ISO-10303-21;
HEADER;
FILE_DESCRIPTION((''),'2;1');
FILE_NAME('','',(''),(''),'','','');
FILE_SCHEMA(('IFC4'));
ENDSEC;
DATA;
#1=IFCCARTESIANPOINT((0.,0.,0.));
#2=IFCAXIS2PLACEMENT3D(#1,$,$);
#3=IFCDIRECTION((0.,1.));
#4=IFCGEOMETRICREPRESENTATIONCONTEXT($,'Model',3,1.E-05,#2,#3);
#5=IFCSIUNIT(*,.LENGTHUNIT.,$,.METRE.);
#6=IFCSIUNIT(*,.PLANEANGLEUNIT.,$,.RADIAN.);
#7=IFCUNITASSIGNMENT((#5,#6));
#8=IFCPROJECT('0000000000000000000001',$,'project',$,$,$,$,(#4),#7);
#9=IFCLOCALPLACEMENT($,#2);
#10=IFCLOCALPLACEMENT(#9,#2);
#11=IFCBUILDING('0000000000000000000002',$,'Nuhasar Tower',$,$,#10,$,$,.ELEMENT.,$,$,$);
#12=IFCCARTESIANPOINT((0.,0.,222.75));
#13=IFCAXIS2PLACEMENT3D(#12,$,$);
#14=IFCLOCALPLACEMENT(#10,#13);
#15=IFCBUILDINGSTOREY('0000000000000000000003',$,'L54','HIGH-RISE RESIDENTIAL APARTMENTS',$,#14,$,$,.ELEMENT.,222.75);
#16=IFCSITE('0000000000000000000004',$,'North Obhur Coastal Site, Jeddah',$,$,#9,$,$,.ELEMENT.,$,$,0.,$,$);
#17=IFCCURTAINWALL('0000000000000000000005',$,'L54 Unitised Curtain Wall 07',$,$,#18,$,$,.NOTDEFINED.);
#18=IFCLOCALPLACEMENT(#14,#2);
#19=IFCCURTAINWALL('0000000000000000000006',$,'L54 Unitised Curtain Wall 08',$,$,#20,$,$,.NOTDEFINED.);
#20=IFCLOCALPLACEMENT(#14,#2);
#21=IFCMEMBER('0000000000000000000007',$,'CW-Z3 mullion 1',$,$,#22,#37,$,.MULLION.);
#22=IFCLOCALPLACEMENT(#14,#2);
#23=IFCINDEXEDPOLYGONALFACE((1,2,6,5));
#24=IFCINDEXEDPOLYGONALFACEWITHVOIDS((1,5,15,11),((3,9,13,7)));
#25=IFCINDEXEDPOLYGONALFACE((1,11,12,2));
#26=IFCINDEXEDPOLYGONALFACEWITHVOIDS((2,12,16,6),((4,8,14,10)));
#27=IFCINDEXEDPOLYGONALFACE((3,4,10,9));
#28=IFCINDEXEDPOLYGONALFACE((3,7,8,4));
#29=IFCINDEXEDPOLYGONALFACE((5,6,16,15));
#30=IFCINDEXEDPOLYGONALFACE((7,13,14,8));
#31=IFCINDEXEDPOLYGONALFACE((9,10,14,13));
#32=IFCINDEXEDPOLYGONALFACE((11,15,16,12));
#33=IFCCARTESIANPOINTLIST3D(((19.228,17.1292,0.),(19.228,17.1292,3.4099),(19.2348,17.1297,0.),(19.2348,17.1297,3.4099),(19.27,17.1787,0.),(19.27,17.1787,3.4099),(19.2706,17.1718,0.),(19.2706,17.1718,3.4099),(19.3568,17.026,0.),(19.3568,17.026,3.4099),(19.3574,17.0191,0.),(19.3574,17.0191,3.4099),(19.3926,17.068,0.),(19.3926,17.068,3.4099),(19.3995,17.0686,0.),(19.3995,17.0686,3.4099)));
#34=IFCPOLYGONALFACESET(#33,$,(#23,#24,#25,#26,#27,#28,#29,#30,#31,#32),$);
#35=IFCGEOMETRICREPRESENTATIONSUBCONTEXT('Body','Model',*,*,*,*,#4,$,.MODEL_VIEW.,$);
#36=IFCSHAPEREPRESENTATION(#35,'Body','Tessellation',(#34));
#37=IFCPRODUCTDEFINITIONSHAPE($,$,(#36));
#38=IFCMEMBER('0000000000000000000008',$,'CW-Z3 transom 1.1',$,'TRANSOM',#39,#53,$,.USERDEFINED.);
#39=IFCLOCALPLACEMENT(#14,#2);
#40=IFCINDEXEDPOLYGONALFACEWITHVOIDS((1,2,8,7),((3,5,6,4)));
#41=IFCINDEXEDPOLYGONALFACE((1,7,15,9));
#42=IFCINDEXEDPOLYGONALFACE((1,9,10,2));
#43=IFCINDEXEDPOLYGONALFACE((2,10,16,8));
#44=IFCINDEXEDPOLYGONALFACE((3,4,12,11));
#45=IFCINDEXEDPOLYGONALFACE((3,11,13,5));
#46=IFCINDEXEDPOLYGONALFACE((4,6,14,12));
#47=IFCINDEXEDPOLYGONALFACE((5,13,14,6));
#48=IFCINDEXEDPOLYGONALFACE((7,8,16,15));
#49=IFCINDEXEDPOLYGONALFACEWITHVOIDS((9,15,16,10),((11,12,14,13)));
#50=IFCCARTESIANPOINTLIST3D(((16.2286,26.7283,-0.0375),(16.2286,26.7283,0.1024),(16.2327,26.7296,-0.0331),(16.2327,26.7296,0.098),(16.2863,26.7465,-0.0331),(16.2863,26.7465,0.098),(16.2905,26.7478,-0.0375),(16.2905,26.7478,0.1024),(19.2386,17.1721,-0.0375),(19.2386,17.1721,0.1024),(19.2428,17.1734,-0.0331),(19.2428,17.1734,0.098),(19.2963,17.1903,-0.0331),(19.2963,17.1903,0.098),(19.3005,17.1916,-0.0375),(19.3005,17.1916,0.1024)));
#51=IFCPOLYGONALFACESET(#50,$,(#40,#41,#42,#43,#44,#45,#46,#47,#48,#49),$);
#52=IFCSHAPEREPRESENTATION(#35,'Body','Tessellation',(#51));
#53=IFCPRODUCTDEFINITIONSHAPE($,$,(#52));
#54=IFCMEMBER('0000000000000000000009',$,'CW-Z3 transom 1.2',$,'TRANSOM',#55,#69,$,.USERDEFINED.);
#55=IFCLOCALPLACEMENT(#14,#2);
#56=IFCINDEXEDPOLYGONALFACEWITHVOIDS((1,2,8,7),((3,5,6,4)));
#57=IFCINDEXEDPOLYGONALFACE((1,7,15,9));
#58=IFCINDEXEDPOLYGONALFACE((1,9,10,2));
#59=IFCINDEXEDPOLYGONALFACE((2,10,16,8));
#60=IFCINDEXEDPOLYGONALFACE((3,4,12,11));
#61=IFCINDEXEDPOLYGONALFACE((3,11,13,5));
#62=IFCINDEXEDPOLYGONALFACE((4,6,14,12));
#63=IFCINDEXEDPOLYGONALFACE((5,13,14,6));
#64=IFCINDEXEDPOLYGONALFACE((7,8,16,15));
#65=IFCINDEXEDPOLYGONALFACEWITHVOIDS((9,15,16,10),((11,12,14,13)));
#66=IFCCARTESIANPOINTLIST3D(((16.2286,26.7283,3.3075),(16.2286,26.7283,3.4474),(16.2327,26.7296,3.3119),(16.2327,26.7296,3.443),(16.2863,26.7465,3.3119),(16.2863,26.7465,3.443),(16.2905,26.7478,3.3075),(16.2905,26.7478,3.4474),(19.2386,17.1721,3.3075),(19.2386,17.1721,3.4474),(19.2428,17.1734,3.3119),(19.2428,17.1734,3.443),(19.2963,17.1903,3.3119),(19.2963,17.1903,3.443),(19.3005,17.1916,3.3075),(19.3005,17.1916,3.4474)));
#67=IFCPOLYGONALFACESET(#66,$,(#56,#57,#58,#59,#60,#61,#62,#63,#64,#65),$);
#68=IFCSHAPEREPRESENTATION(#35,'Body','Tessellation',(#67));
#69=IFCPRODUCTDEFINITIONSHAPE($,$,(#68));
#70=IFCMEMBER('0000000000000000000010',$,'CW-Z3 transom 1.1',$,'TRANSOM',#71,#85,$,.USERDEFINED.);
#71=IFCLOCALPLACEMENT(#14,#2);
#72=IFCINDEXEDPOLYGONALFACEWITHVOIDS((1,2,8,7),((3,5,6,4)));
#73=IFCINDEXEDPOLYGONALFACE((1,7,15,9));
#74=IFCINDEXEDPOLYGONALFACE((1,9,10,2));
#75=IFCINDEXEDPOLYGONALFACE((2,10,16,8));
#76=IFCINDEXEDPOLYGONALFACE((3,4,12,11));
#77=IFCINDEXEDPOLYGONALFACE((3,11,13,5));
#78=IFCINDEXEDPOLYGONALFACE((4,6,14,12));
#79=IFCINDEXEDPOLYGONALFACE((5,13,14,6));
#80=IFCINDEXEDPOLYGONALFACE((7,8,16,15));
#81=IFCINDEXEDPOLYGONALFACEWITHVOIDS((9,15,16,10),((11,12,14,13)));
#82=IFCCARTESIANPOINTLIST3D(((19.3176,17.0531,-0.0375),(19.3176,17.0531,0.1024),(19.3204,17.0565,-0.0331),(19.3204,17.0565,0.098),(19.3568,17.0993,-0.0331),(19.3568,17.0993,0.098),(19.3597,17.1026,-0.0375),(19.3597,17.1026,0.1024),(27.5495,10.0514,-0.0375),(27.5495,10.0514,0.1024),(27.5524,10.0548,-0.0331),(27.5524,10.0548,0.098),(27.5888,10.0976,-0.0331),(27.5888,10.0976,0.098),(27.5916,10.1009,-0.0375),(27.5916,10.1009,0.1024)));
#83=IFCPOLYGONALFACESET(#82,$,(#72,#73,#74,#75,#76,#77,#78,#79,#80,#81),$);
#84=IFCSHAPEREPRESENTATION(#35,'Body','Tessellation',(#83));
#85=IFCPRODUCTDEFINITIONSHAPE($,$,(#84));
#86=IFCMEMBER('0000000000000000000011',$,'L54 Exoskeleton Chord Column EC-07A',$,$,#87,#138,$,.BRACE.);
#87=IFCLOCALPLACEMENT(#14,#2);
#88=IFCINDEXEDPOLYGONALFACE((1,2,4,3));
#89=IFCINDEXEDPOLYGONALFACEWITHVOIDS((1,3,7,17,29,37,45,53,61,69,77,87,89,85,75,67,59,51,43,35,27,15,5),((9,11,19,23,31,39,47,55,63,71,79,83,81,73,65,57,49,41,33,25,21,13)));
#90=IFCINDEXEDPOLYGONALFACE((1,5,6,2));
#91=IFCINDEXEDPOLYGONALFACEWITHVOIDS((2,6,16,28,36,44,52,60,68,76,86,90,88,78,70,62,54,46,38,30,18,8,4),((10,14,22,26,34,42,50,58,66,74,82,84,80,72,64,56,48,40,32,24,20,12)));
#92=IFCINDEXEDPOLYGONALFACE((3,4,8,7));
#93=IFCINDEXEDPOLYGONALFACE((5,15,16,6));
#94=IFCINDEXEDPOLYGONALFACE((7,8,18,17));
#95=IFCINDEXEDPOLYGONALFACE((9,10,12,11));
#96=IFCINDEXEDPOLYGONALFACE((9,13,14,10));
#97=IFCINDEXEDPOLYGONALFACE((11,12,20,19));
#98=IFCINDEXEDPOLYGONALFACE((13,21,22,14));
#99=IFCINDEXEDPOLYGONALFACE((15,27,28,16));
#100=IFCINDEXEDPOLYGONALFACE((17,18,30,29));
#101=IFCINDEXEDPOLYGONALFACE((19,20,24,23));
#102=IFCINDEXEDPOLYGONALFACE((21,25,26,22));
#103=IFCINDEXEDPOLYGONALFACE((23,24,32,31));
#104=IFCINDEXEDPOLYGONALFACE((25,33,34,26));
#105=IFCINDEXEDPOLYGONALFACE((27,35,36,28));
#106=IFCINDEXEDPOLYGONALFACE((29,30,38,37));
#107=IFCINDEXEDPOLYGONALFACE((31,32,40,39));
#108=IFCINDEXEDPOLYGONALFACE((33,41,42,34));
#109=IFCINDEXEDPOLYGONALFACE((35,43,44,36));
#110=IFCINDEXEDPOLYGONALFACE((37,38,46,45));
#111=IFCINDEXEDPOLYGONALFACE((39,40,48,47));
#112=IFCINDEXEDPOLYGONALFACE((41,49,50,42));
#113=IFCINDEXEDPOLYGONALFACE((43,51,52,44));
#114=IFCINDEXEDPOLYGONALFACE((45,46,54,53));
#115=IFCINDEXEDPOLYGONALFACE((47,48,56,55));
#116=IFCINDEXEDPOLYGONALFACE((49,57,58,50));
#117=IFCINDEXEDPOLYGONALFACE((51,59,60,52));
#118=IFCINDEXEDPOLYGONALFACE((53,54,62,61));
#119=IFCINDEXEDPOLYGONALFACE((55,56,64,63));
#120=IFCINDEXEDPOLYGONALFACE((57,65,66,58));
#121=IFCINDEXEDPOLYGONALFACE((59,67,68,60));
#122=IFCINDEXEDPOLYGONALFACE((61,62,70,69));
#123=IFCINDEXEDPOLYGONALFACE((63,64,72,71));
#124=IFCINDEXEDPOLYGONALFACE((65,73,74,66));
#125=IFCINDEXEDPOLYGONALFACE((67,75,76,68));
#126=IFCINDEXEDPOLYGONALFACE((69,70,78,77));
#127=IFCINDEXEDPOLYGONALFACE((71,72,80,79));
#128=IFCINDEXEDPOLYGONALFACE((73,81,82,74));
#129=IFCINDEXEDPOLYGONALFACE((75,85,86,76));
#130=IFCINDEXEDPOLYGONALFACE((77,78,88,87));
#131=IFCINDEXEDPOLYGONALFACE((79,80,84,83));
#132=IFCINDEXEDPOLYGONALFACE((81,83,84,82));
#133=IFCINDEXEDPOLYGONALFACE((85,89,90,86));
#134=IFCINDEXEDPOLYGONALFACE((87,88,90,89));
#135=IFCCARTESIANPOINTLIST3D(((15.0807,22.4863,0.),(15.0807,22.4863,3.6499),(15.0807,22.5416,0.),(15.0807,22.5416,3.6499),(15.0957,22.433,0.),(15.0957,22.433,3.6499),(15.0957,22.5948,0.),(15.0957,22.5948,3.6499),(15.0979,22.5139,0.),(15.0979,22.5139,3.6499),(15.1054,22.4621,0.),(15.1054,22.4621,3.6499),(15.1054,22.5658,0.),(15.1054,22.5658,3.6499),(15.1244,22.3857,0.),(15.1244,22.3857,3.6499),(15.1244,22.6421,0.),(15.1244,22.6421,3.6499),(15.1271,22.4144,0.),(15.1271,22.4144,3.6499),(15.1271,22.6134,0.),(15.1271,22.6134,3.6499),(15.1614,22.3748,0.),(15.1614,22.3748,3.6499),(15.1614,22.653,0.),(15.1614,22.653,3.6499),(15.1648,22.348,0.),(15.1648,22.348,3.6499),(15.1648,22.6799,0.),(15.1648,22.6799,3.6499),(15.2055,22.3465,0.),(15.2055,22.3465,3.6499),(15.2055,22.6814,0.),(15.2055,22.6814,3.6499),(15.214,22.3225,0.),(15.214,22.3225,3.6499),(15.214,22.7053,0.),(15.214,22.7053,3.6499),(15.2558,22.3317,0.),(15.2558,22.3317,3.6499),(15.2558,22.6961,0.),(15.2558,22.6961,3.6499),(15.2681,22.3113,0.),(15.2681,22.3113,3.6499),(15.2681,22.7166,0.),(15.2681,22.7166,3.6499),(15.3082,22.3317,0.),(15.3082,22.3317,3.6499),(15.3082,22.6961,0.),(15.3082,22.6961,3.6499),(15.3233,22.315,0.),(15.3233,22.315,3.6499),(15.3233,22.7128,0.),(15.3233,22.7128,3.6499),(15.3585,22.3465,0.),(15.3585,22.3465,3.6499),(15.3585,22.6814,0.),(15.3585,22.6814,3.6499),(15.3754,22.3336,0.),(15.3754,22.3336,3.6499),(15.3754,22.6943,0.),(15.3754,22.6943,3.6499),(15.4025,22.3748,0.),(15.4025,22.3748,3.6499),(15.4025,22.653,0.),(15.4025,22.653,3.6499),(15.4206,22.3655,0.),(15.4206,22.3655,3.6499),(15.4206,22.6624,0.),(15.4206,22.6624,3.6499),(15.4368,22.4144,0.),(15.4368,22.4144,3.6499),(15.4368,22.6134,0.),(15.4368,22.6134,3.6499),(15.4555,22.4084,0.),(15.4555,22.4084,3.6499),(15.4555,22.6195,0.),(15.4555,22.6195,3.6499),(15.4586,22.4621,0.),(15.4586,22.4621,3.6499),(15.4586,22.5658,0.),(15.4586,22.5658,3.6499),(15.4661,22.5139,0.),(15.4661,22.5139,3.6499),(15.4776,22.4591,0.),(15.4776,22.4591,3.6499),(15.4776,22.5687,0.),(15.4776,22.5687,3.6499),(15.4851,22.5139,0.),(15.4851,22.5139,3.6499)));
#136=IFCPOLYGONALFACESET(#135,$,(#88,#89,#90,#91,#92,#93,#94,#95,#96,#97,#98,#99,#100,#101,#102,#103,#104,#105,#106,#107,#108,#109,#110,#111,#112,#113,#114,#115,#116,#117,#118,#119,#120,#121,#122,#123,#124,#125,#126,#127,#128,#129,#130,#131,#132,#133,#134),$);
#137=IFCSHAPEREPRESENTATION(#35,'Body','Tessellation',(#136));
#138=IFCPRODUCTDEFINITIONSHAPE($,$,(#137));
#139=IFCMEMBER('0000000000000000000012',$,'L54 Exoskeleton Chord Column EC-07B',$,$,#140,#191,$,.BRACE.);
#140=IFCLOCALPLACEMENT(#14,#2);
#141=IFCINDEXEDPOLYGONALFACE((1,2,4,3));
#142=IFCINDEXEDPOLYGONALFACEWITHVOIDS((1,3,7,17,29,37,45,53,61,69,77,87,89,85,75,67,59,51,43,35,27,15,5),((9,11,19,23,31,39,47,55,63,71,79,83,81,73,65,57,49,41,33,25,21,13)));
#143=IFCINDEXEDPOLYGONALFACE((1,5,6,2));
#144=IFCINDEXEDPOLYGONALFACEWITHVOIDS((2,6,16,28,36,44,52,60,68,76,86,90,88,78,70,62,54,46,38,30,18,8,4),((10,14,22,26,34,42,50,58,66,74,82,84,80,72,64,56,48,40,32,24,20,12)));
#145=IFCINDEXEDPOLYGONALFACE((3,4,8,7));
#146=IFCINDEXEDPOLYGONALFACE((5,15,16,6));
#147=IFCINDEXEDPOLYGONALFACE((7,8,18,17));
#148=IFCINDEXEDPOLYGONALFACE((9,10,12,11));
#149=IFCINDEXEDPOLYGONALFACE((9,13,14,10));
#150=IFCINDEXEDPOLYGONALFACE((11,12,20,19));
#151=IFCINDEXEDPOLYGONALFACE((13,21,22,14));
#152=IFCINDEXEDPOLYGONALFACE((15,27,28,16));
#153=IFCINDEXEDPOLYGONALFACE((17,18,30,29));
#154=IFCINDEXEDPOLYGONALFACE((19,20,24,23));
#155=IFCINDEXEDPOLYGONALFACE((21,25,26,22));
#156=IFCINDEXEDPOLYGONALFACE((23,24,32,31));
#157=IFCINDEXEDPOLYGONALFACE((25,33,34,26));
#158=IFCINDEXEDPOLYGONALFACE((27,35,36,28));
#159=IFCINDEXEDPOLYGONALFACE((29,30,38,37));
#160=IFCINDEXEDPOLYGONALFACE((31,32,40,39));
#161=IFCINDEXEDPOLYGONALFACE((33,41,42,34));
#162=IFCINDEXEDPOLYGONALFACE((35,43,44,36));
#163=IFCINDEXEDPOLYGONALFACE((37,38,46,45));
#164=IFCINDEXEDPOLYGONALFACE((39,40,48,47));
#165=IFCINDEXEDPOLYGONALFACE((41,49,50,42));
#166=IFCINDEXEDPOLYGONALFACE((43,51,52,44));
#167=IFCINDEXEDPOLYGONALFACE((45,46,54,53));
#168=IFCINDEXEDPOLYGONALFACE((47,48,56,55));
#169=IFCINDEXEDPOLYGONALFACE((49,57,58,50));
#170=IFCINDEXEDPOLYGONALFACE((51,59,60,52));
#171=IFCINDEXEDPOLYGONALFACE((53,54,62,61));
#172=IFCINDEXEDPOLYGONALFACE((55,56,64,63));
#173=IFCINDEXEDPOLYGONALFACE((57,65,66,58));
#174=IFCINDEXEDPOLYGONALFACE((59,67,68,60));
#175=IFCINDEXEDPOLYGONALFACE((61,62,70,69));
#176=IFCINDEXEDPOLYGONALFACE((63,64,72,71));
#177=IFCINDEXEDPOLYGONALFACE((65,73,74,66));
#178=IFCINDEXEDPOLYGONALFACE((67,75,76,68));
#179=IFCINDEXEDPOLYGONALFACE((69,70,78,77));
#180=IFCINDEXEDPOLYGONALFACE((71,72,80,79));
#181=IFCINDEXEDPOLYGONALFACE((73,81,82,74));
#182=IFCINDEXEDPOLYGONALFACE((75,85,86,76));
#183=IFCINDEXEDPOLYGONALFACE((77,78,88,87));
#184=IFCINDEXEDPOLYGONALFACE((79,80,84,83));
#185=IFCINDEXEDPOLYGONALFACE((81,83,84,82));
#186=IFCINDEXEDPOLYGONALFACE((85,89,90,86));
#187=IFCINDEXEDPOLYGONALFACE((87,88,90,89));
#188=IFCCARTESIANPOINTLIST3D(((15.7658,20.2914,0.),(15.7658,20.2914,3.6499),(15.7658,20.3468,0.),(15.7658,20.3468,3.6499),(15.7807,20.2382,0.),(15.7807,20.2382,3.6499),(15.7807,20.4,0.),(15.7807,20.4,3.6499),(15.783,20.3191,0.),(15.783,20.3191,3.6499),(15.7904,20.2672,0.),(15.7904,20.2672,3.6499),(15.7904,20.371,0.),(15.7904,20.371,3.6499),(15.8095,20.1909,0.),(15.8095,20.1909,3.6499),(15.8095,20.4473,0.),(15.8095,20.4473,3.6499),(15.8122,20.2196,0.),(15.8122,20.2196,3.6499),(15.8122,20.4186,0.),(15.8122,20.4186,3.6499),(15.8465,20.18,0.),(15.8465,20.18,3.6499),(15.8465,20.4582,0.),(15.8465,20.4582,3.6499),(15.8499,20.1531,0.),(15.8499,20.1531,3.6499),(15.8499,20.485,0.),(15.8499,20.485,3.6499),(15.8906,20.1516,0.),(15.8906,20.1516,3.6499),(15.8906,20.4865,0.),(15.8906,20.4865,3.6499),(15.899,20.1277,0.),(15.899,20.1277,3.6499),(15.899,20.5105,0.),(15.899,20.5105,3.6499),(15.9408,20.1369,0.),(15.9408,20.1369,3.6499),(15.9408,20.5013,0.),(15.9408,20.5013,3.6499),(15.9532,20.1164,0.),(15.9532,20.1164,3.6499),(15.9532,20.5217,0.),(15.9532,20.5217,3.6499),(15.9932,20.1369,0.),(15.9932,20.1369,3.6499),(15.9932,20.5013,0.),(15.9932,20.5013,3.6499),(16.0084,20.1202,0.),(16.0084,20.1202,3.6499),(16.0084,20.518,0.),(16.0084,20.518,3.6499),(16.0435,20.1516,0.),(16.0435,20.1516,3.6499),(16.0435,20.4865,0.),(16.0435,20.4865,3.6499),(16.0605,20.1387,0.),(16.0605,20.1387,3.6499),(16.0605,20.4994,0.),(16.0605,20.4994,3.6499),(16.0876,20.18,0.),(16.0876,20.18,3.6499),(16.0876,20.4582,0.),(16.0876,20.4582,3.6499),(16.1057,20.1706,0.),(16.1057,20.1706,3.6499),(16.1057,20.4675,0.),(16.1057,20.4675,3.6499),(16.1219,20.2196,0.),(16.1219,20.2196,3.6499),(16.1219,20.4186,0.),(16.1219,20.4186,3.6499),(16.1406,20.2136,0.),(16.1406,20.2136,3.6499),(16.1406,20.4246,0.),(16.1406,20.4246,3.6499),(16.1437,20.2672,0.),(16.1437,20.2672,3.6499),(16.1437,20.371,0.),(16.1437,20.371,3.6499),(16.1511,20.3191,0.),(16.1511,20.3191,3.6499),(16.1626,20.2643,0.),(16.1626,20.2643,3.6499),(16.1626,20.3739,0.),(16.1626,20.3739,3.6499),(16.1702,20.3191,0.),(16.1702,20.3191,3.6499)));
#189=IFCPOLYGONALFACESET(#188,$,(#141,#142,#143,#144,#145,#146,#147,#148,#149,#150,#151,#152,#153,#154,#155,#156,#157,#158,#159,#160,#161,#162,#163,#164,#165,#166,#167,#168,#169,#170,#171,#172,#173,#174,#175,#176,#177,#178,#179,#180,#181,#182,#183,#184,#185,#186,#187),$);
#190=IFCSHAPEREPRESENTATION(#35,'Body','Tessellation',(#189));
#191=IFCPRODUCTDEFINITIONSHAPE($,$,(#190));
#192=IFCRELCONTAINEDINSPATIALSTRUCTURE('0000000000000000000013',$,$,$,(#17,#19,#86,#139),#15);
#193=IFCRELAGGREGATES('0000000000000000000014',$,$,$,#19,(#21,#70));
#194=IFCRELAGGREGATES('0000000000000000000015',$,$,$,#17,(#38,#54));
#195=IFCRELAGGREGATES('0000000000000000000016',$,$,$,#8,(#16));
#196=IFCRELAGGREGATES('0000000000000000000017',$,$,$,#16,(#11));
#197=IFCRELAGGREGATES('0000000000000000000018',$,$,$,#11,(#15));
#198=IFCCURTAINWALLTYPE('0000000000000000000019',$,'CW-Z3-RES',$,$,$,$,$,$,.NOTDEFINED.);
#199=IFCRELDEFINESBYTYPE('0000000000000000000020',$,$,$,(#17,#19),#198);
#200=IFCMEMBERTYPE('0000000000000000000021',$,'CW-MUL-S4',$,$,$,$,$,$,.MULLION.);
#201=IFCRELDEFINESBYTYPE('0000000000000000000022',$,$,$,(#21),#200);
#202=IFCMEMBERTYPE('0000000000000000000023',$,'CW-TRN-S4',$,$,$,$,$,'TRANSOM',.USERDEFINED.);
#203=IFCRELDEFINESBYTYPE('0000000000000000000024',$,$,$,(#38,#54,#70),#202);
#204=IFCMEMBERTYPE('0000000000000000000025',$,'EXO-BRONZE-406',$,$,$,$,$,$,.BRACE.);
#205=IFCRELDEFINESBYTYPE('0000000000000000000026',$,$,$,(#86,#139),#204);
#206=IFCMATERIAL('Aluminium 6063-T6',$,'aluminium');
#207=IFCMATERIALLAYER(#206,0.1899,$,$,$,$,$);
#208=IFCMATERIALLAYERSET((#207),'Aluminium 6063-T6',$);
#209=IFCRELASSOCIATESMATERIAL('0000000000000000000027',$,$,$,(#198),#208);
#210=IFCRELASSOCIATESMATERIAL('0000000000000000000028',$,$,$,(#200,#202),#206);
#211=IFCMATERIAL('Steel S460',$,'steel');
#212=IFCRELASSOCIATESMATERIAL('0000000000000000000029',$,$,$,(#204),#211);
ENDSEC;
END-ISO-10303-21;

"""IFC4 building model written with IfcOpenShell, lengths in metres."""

from ifc_helpers import new_model, si_unit, direction, frame, origin, origin_2d, place, context, subcontext, project, spatial, hollow_rectangle, hollow_circle, extrude, material, layer, layer_set, material_profile, profile_set, type_object, element, aggregate, save


model = new_model("IFC4")

# Units and contexts
model_context = context("Model", 3, precision=1e-05, world=origin(), true_north=direction((0.0, 1.0)))
body_context = subcontext(model_context, "Body", "Model", "MODEL_VIEW")
ifc_project = project(units=[si_unit("LENGTHUNIT", "METRE"), si_unit("PLANEANGLEUNIT", "RADIAN")], contexts=[model_context])

# Site, building, storey
site_placement = place(None, origin())
site = spatial("IfcSite", under=ifc_project, at=site_placement, Name="North Obhur Coastal Site, Jeddah", CompositionType="ELEMENT", RefElevation=0.0)
building_placement = place(site_placement, origin())
building = spatial("IfcBuilding", under=site, at=building_placement, Name="Nuhasar Tower", CompositionType="ELEMENT")
storey_placement = place(building_placement, frame((0.0, 0.0, 222.75)))
storey = spatial("IfcBuildingStorey", under=building, at=storey_placement, Name="L54", Description="HIGH-RISE RESIDENTIAL APARTMENTS", CompositionType="ELEMENT", Elevation=222.75)

# Curtain wall
ifc_material_1 = material(Name="Aluminium 6063-T6", Category="aluminium")
ifc_layer_1 = layer(ifc_material_1, 0.1899)
ifc_layer_set_1 = layer_set([ifc_layer_1], Name="Aluminium 6063-T6")
curtain_wall_type = type_object("IfcCurtainWallType", Name="CW-Z3-RES", PredefinedType="NOTDEFINED", material=ifc_layer_set_1)
curtain_wall_1_placement = place(storey_placement, origin())
curtain_wall_1 = element("IfcCurtainWall", 1, at=curtain_wall_1_placement, inside=storey, type_object=curtain_wall_type, Name="L54 Unitised Curtain Wall 07", PredefinedType="NOTDEFINED")
ifc_material_profile_1 = material_profile(ifc_material_1, hollow_rectangle(XDim=0.0649, YDim=0.1699, WallThickness=0.0049, at=origin_2d()), Name="CWM-4")
ifc_profile_set_1 = profile_set([ifc_material_profile_1], Name="Aluminium 6063-T6")
member_type_1 = type_object("IfcMemberType", Name="CW-MUL-S4", PredefinedType="MULLION", material=ifc_profile_set_1)

# Curtain wall, member
curtain_wall_2_placement = place(storey_placement, origin())
curtain_wall_2 = element("IfcCurtainWall", 2, at=curtain_wall_2_placement, inside=storey, type_object=curtain_wall_type, Name="L54 Unitised Curtain Wall 08", PredefinedType="NOTDEFINED")
member_1_placement = place(storey_placement, frame((19.3137, 17.0989, 0.0), z_axis=(0.0, 0.0, 1.0), x_axis=(0.647895, 0.761729, 0.0)))
member_1 = element("IfcMember", 3, at=member_1_placement, type_object=member_type_1, Name="CW-Z3 mullion 1", PredefinedType="MULLION", context=body_context, shape_type="SweptSolid", body=[
    extrude(hollow_rectangle(XDim=0.0649, YDim=0.1699, WallThickness=0.0049, at=origin_2d()), origin(), (0.0, 0.0, 1.0), 3.4099),
])

# Members
ifc_material_profile_2 = material_profile(ifc_material_1, hollow_rectangle(XDim=0.0649, YDim=0.1399, WallThickness=0.0044, at=origin_2d()), Name="CWT-4")
ifc_profile_set_2 = profile_set([ifc_material_profile_2], Name="Aluminium 6063-T6")
member_type_2 = type_object("IfcMemberType", Name="CW-TRN-S4", ElementType="TRANSOM", PredefinedType="USERDEFINED", material=ifc_profile_set_2)
member_2_placement = place(storey_placement, frame((16.2595, 26.738, 0.0325), z_axis=(0.30043, -0.953804, 0.0), x_axis=(0.953804, 0.30043, 0.0)))
member_2 = element("IfcMember", 4, at=member_2_placement, type_object=member_type_2, Name="CW-Z3 transom 1.1", ObjectType="TRANSOM", PredefinedType="USERDEFINED", context=body_context, shape_type="SweptSolid", body=[
    extrude(hollow_rectangle(XDim=0.0649, YDim=0.1399, WallThickness=0.0044, at=origin_2d()), origin(), (0.0, 0.0, 1.0), 10.019),
])
member_3_placement = place(storey_placement, frame((16.2595, 26.738, 3.3774), z_axis=(0.30043, -0.953804, 0.0), x_axis=(0.953804, 0.30043, 0.0)))
member_3 = element("IfcMember", 5, at=member_3_placement, type_object=member_type_2, Name="CW-Z3 transom 1.2", ObjectType="TRANSOM", PredefinedType="USERDEFINED", context=body_context, shape_type="SweptSolid", body=[
    extrude(hollow_rectangle(XDim=0.0649, YDim=0.1399, WallThickness=0.0044, at=origin_2d()), origin(), (0.0, 0.0, 1.0), 10.019),
])
member_4_placement = place(storey_placement, frame((19.3386, 17.0779, 0.0325), z_axis=(0.761731, -0.647894, 0.0), x_axis=(0.647894, 0.761731, 0.0)))
member_4 = element("IfcMember", 6, at=member_4_placement, type_object=member_type_2, Name="CW-Z3 transom 1.1", ObjectType="TRANSOM", PredefinedType="USERDEFINED", context=body_context, shape_type="SweptSolid", body=[
    extrude(hollow_rectangle(XDim=0.0649, YDim=0.1399, WallThickness=0.0044, at=origin_2d()), origin(), (0.0, 0.0, 1.0), 10.8069),
])
aggregate(curtain_wall_2, [member_1, member_4])

# Members
ifc_material_2 = material(Name="Steel S460", Category="steel")
ifc_material_profile_3 = material_profile(ifc_material_2, hollow_circle(Radius=0.2031, WallThickness=0.019, at=origin_2d()), Name="HSS406.4X19.1")
ifc_profile_set_3 = profile_set([ifc_material_profile_3], Name="Steel S460")
member_type_3 = type_object("IfcMemberType", Name="EXO-BRONZE-406", PredefinedType="BRACE", material=ifc_profile_set_3)
for number, where, z_axis, x_axis, name in (
    (7, (15.282, 22.5139, 0.0), (0.0, 0.0, 1.0), (1.0, 0.0, 0.0), "L54 Exoskeleton Chord Column EC-07A"),
    (8, (15.967, 20.3191, 0.0), (0.0, 0.0, 1.0), (1.0, 0.0, 0.0), "L54 Exoskeleton Chord Column EC-07B"),
):
    element("IfcMember", number, at=place(storey_placement, frame(where, z_axis=z_axis, x_axis=x_axis)), inside=storey, type_object=member_type_3, Name=name, PredefinedType="BRACE", context=body_context, shape_type="SweptSolid", body=[
        extrude(hollow_circle(Radius=0.2031, WallThickness=0.019, at=origin_2d()), origin(), (0.0, 0.0, 1.0), 3.6499),
    ])

aggregate(curtain_wall_1, [member_2, member_3])

save(model, "model.ifc")
